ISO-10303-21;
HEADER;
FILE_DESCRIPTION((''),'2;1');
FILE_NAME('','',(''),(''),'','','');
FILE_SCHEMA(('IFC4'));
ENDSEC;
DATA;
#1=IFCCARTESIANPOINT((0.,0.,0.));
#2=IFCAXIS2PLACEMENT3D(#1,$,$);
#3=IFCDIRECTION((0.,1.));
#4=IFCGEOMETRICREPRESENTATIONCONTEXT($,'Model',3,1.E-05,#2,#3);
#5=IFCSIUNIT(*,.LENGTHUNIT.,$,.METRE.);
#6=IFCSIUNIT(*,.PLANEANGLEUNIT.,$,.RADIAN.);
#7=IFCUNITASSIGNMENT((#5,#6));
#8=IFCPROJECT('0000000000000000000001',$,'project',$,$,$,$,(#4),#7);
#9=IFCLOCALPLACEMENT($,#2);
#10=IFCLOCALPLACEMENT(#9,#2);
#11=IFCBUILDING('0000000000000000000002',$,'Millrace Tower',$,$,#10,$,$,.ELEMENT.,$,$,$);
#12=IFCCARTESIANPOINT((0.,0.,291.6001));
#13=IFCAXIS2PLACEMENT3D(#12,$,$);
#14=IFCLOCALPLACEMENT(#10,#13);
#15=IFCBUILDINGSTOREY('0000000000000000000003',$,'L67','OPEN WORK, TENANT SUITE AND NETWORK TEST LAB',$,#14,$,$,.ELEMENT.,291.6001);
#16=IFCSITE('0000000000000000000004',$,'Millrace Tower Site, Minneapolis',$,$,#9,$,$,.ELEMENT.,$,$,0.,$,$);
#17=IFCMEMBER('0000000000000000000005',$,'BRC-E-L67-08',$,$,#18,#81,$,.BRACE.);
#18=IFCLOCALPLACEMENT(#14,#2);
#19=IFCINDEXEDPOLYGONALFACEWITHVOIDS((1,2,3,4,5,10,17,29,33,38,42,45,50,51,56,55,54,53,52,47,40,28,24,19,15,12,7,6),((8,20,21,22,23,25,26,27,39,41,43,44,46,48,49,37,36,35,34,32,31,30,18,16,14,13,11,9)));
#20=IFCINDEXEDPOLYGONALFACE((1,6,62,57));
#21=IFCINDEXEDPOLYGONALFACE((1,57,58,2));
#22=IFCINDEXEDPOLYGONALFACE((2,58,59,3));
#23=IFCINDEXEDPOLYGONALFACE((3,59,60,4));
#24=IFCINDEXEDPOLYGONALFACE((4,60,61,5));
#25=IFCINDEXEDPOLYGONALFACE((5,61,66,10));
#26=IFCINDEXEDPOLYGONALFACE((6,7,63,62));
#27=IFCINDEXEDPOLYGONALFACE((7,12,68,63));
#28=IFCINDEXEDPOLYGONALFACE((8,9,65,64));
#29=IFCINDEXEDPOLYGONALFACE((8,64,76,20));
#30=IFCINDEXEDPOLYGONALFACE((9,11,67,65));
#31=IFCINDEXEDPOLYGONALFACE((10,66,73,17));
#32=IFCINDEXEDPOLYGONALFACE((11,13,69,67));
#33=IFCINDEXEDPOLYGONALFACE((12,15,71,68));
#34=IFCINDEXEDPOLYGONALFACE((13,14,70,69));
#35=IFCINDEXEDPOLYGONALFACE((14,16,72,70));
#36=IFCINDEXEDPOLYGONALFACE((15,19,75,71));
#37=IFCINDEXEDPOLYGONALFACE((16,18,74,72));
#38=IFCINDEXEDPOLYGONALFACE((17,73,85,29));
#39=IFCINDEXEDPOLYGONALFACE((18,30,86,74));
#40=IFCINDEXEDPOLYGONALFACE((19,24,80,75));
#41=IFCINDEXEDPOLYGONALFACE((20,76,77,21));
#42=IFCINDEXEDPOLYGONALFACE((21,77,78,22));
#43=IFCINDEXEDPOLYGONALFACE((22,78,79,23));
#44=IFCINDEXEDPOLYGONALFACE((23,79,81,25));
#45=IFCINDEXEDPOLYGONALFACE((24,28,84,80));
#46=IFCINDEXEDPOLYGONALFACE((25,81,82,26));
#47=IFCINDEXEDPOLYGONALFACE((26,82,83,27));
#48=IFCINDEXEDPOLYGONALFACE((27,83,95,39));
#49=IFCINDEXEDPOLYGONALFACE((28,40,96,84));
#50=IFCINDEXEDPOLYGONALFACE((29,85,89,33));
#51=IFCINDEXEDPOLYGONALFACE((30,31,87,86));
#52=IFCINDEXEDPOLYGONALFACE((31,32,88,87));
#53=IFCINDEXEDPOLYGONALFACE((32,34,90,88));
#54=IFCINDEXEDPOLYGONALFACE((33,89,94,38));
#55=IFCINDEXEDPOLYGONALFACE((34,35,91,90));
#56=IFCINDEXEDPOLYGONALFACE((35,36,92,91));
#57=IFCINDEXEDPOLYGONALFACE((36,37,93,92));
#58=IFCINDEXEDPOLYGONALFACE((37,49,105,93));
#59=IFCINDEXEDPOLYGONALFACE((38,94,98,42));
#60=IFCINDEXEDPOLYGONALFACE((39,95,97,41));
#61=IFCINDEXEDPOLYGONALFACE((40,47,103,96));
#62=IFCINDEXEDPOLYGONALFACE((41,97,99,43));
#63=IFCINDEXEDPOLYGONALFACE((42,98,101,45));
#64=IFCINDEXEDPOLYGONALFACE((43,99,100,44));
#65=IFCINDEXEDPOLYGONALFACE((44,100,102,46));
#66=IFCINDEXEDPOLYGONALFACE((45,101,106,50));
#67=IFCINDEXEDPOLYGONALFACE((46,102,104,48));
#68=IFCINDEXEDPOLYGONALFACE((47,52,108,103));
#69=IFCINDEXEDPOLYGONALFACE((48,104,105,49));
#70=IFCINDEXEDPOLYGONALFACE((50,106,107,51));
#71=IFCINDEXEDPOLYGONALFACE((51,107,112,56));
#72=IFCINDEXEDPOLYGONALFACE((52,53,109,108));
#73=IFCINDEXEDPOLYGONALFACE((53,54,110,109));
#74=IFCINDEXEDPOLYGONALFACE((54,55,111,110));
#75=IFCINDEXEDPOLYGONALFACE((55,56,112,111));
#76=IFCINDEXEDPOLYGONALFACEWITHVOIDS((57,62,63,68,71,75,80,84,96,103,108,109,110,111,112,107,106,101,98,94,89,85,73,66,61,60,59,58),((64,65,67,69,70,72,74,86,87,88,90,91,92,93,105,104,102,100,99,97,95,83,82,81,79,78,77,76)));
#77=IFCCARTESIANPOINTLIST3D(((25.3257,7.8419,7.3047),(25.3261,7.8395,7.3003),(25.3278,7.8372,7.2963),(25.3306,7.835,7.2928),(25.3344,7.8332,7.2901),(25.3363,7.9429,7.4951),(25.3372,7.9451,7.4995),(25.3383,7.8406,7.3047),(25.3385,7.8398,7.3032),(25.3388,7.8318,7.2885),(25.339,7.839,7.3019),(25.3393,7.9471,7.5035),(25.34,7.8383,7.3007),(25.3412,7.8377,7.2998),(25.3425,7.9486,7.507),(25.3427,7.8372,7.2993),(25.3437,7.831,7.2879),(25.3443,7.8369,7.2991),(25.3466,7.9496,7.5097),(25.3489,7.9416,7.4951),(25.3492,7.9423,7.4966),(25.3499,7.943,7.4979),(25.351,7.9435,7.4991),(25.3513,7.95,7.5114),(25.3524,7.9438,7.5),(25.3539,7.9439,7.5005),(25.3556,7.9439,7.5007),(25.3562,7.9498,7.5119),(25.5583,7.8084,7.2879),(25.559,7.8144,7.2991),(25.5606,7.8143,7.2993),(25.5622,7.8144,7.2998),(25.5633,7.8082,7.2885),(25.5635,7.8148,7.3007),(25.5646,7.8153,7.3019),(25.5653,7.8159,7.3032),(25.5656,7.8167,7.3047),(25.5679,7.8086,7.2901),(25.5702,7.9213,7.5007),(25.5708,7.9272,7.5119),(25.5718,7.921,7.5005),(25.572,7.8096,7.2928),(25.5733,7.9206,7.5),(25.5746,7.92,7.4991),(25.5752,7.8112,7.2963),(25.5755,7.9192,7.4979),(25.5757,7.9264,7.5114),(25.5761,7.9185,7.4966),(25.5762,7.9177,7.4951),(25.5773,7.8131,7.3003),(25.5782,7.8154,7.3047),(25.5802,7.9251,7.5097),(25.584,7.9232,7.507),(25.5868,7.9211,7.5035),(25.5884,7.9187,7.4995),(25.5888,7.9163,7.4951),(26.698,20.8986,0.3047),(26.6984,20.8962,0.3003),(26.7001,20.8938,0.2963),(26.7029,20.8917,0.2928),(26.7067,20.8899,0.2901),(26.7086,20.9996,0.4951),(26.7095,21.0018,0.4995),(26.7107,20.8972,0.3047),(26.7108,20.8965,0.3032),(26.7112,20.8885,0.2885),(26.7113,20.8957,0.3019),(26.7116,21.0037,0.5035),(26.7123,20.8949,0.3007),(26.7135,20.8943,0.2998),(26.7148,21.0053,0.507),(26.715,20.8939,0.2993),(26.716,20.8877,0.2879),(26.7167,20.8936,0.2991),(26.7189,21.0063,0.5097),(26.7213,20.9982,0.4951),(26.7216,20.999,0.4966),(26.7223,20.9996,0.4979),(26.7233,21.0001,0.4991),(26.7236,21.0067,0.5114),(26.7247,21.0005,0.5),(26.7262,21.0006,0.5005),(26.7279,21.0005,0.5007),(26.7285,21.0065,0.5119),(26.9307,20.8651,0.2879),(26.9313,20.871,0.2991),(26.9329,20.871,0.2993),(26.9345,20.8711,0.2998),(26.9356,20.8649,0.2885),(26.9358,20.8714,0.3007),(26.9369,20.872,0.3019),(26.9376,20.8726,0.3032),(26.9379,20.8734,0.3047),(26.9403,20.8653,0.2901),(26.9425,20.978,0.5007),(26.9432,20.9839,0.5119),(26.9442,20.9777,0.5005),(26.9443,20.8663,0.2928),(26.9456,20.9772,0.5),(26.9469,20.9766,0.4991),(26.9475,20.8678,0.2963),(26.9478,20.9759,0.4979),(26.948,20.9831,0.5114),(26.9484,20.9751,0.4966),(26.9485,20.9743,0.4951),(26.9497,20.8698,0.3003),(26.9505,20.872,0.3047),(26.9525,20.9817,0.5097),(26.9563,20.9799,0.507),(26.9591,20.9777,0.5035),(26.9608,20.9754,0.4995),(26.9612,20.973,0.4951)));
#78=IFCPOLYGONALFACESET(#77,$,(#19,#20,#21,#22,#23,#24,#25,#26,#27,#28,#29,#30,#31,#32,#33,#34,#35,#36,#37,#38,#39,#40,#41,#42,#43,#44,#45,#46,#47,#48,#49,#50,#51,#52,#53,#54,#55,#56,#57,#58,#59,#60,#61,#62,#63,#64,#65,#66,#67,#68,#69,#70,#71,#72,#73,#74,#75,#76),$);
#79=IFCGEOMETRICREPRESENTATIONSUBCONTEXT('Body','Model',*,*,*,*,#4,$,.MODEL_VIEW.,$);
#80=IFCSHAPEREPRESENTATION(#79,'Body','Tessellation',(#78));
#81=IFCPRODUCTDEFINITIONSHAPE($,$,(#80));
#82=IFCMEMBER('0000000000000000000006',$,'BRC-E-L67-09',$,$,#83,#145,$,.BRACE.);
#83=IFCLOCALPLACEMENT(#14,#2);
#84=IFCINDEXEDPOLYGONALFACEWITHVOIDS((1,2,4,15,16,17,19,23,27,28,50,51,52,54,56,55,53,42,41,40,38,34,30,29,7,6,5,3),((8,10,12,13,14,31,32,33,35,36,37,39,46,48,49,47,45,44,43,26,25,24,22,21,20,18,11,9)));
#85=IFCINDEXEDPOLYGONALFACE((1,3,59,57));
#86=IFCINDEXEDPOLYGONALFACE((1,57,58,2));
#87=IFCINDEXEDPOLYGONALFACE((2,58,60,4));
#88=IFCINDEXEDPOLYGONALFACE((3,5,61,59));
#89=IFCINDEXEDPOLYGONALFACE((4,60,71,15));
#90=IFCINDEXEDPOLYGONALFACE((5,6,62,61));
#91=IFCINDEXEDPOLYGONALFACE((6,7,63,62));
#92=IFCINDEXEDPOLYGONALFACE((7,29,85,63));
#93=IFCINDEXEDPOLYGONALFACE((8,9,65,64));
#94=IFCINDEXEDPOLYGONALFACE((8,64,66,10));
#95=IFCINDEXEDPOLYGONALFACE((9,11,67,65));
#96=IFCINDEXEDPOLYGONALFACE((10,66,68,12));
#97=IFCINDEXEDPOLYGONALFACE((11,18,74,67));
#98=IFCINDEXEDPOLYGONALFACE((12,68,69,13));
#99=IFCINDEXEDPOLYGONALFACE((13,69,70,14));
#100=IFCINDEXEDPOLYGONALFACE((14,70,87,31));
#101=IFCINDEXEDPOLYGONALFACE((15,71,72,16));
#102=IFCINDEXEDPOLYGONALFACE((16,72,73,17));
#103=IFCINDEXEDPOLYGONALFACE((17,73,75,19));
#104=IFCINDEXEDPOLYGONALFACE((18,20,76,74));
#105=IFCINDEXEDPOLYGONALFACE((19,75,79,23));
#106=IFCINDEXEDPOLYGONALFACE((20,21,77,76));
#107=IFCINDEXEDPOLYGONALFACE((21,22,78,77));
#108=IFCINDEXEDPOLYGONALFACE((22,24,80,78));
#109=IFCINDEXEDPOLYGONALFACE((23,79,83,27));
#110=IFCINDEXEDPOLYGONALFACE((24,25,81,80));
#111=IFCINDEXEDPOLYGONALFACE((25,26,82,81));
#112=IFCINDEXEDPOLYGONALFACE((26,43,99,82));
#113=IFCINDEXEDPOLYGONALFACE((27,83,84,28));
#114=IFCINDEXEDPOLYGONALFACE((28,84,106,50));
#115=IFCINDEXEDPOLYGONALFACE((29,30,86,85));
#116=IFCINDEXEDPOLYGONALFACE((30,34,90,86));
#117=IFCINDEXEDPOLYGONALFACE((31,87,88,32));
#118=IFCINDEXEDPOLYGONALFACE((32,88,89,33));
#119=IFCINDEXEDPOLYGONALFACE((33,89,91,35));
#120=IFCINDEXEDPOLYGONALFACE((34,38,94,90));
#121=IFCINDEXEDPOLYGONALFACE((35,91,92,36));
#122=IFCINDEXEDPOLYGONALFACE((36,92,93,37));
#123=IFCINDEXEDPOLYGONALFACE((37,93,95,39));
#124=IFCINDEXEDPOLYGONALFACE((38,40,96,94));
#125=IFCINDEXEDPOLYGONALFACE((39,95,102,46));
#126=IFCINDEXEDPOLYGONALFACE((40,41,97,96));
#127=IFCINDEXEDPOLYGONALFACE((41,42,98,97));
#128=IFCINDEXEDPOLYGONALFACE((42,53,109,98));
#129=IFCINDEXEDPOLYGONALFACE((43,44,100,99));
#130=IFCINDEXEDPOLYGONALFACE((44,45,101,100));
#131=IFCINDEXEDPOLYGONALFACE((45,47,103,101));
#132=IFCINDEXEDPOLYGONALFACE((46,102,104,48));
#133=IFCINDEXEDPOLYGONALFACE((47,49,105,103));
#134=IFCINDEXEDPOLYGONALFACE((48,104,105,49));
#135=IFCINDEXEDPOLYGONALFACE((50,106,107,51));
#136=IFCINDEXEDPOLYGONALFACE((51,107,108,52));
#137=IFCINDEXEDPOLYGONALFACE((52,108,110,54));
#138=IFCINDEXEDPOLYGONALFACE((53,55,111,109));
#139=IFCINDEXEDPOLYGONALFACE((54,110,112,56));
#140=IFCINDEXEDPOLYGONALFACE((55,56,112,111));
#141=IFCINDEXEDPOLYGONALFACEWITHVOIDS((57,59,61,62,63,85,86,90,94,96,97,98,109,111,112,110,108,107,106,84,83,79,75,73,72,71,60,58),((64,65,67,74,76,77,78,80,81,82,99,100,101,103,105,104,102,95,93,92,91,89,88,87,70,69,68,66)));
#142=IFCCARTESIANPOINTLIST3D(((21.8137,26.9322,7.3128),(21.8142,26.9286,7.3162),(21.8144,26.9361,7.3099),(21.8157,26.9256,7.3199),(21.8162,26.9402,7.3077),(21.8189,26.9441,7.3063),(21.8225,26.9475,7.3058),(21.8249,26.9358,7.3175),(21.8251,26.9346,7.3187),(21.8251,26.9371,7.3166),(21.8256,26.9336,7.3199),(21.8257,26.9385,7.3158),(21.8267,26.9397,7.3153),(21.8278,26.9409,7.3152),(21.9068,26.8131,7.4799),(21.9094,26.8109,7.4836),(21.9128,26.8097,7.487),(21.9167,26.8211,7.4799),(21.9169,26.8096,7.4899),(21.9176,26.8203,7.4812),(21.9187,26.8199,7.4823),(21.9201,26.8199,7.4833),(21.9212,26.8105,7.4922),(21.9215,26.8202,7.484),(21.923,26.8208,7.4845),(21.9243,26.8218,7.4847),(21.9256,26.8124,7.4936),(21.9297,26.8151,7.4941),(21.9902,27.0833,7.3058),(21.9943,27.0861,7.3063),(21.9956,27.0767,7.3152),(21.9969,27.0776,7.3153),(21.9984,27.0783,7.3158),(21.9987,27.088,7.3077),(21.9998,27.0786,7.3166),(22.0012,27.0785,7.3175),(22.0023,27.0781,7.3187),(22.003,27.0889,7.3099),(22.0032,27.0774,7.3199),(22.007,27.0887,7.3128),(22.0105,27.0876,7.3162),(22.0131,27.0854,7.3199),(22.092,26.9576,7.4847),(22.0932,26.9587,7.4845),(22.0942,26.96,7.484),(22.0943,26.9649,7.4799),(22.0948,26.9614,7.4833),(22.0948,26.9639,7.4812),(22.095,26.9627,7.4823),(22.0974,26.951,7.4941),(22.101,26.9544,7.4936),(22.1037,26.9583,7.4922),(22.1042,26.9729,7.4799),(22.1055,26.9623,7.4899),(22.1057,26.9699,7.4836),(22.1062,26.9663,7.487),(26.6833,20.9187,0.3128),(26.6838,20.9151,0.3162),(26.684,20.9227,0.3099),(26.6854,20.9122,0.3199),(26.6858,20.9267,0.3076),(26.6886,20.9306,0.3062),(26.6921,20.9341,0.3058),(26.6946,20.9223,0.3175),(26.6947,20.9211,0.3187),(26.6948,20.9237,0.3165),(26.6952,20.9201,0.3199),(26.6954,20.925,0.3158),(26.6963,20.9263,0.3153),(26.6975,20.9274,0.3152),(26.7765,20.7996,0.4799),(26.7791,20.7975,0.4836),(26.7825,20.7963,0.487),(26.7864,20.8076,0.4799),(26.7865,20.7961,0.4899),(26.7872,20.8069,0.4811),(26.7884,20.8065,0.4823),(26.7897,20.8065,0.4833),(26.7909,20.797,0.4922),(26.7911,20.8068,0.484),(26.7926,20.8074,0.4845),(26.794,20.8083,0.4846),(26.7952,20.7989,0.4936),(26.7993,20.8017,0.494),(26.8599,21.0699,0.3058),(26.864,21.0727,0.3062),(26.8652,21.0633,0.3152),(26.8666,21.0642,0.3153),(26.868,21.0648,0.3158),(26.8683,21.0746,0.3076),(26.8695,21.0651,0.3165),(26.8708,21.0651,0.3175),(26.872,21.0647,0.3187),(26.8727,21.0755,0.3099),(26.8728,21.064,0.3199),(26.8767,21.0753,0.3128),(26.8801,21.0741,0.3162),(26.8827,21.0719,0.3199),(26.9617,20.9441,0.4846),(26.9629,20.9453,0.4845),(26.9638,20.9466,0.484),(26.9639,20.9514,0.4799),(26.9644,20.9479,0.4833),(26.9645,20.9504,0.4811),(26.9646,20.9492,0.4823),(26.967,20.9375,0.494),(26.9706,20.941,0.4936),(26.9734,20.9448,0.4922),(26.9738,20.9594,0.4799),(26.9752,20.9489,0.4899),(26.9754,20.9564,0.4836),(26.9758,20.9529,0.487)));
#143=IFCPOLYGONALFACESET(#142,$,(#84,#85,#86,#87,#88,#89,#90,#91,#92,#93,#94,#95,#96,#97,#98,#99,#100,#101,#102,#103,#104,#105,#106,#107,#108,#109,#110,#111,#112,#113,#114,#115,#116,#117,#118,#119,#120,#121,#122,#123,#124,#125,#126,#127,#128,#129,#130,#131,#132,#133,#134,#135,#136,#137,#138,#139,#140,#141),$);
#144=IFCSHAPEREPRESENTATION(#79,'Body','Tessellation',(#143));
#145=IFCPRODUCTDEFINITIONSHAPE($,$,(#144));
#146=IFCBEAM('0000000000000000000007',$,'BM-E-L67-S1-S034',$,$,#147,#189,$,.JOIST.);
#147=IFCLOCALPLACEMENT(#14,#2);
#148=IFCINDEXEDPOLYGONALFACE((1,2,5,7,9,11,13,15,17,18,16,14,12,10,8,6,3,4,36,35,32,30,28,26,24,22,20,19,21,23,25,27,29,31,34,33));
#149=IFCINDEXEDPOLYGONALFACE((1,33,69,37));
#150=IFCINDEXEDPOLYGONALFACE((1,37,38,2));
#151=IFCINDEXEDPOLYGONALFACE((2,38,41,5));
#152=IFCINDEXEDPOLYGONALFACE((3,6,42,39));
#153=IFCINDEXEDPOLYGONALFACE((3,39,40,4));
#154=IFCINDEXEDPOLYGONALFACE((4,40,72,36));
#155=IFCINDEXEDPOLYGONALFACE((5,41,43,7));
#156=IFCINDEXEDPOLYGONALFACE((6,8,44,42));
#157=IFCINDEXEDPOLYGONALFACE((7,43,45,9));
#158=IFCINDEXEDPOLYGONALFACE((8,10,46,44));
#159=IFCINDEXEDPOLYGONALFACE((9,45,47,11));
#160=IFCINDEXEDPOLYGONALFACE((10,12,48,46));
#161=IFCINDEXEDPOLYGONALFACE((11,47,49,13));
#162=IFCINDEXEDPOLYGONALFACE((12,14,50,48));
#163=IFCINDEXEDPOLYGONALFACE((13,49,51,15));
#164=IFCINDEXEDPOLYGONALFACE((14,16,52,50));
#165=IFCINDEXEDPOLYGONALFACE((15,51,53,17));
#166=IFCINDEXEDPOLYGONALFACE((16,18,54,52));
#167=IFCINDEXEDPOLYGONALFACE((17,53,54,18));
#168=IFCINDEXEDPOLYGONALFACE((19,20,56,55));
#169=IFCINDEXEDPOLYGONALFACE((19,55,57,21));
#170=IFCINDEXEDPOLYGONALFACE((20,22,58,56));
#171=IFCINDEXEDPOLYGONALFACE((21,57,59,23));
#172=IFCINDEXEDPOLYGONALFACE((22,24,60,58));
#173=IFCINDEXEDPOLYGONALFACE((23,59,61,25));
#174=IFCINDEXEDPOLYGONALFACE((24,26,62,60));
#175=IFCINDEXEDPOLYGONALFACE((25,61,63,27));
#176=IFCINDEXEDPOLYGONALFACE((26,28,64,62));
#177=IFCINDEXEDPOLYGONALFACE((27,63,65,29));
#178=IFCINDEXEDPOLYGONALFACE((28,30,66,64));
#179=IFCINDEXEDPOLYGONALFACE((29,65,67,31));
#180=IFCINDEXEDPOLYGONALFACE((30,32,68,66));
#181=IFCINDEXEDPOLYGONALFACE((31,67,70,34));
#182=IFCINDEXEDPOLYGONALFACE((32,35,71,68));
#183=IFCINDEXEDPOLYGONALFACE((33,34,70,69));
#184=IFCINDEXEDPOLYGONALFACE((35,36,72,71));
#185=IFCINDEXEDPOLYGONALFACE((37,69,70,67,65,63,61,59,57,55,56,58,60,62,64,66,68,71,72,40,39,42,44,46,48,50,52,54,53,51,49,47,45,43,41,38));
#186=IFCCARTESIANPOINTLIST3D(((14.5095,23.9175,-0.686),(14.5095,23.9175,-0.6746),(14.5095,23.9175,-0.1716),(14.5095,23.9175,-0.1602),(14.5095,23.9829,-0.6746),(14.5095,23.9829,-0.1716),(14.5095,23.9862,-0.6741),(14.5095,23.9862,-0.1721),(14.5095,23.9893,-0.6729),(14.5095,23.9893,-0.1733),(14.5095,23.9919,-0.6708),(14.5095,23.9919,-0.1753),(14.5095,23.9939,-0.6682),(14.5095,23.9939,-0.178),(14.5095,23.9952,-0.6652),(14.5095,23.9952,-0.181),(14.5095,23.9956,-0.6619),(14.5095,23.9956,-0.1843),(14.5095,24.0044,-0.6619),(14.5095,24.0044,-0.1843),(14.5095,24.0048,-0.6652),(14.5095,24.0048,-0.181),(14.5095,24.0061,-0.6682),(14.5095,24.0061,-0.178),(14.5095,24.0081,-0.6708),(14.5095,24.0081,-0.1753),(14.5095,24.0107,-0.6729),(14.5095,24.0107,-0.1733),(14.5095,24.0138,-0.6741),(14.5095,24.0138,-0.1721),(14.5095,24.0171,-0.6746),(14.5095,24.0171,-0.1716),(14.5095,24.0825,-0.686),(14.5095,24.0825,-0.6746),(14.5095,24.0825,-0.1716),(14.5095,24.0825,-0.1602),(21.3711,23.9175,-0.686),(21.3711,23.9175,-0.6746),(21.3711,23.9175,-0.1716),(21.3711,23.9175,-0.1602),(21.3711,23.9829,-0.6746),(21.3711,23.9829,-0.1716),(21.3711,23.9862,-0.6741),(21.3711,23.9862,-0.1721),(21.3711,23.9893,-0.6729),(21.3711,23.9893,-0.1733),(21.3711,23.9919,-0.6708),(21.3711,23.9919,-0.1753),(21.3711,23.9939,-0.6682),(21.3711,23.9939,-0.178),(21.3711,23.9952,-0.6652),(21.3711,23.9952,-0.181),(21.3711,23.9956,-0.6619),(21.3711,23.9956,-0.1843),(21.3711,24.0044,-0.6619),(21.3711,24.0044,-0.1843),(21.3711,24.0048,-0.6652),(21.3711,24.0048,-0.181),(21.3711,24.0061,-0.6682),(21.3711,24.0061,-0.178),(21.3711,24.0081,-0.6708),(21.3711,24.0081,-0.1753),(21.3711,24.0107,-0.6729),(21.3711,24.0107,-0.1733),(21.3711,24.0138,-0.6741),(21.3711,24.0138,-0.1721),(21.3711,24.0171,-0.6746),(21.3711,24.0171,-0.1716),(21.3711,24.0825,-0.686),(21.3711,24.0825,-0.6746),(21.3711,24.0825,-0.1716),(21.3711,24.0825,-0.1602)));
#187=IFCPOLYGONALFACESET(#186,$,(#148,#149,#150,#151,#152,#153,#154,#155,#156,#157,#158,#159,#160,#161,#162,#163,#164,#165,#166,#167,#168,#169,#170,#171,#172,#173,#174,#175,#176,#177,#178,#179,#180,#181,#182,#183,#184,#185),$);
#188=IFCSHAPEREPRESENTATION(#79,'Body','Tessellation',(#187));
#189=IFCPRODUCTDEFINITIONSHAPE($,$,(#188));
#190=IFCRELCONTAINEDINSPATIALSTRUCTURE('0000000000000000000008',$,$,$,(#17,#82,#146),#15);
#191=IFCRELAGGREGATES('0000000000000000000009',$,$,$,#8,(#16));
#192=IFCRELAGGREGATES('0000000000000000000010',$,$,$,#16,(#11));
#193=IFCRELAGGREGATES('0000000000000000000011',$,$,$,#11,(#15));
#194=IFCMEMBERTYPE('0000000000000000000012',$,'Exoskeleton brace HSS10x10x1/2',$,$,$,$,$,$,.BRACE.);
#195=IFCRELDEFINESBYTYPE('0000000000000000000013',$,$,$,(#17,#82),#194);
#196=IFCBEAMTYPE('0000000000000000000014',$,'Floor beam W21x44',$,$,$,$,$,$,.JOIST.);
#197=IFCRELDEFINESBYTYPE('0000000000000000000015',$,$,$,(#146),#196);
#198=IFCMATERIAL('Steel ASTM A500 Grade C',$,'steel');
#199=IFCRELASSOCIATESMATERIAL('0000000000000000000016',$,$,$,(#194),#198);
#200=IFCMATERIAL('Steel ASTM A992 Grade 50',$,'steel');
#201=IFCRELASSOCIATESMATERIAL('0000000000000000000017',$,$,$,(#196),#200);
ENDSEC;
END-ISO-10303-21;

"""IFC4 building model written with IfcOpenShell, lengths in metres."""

from ifc_helpers import new_model, si_unit, direction, frame, origin, origin_2d, place, context, subcontext, project, spatial, hollow_rectangle, i_section, extrude, material, material_profile, profile_set, type_object, element, save


model = new_model("IFC4")

# Units and contexts
model_context = context("Model", 3, precision=1e-05, world=origin(), true_north=direction((0.0, 1.0)))
body_context = subcontext(model_context, "Body", "Model", "MODEL_VIEW")
ifc_project = project(units=[si_unit("LENGTHUNIT", "METRE"), si_unit("PLANEANGLEUNIT", "RADIAN")], contexts=[model_context])

# Site, building, storey
site_placement = place(None, origin())
site = spatial("IfcSite", under=ifc_project, at=site_placement, Name="Millrace Tower Site, Minneapolis", CompositionType="ELEMENT", RefElevation=0.0)
building_placement = place(site_placement, origin())
building = spatial("IfcBuilding", under=site, at=building_placement, Name="Millrace Tower", CompositionType="ELEMENT")
storey_placement = place(building_placement, frame((0.0, 0.0, 291.6001)))
storey = spatial("IfcBuildingStorey", under=building, at=storey_placement, Name="L67", Description="OPEN WORK, TENANT SUITE AND NETWORK TEST LAB", CompositionType="ELEMENT", Elevation=291.6001)

# Members
ifc_material_1 = material(Name="Steel ASTM A500 Grade C", Category="steel")
ifc_material_profile_1 = material_profile(ifc_material_1, hollow_rectangle(XDim=0.2539, YDim=0.2539, WallThickness=0.0127, InnerFilletRadius=0.0063, OuterFilletRadius=0.019, at=origin_2d()))
ifc_profile_set_1 = profile_set([ifc_material_profile_1], Name="Steel ASTM A500 Grade C")
member_type_1 = type_object("IfcMemberType", Name="Exoskeleton brace HSS10x10x1/2", PredefinedType="BRACE", material=ifc_profile_set_1)
member_1_placement = place(storey_placement, frame((26.8296, 20.9358, 0.3999), z_axis=(-0.092237, -0.877572, 0.470489), x_axis=(0.994522, -0.104529, 0.0)))
element("IfcMember", 1, at=member_1_placement, inside=storey, type_object=member_type_1, Name="BRC-E-L67-08", PredefinedType="BRACE", context=body_context, shape_type="SweptSolid", body=[
    extrude(hollow_rectangle(XDim=0.2539, YDim=0.2539, WallThickness=0.0127, InnerFilletRadius=0.0063, OuterFilletRadius=0.019, at=origin_2d()), origin(), (0.0, 0.0, 1.0), 14.8782),
])
member_2_placement = place(storey_placement, frame((26.8296, 20.9358, 0.3999), z_axis=(-0.466694, 0.576314, 0.670864), x_axis=(-0.777143, -0.629324, 0.0)))
element("IfcMember", 2, at=member_2_placement, inside=storey, type_object=member_type_1, Name="BRC-E-L67-09", PredefinedType="BRACE", context=body_context, shape_type="SweptSolid", body=[
    extrude(hollow_rectangle(XDim=0.2539, YDim=0.2539, WallThickness=0.0127, InnerFilletRadius=0.0063, OuterFilletRadius=0.019, at=origin_2d()), origin(), (0.0, 0.0, 1.0), 10.4343),
])

# Beam
ifc_material_2 = material(Name="Steel ASTM A992 Grade 50", Category="steel")
ifc_material_profile_2 = material_profile(ifc_material_2, i_section(OverallWidth=0.165, OverallDepth=0.5259, WebThickness=0.0088, FlangeThickness=0.0115, FilletRadius=0.0127, at=origin_2d()))
ifc_profile_set_2 = profile_set([ifc_material_profile_2], Name="Steel ASTM A992 Grade 50")
beam_type_1 = type_object("IfcBeamType", Name="Floor beam W21x44", PredefinedType="JOIST", material=ifc_profile_set_2)
beam_1_placement = place(storey_placement, frame((14.5095, 24.0, -0.4231), z_axis=(1.0, 0.0, 0.0), x_axis=(0.0, 1.0, 0.0)))
element("IfcBeam", 3, at=beam_1_placement, inside=storey, type_object=beam_type_1, Name="BM-E-L67-S1-S034", PredefinedType="JOIST", context=body_context, shape_type="SweptSolid", body=[
    extrude(i_section(OverallWidth=0.165, OverallDepth=0.5259, WebThickness=0.0088, FlangeThickness=0.0115, FilletRadius=0.0127, at=origin_2d()), origin(), (0.0, 0.0, 1.0), 6.8616),
])

save(model, "model.ifc")
